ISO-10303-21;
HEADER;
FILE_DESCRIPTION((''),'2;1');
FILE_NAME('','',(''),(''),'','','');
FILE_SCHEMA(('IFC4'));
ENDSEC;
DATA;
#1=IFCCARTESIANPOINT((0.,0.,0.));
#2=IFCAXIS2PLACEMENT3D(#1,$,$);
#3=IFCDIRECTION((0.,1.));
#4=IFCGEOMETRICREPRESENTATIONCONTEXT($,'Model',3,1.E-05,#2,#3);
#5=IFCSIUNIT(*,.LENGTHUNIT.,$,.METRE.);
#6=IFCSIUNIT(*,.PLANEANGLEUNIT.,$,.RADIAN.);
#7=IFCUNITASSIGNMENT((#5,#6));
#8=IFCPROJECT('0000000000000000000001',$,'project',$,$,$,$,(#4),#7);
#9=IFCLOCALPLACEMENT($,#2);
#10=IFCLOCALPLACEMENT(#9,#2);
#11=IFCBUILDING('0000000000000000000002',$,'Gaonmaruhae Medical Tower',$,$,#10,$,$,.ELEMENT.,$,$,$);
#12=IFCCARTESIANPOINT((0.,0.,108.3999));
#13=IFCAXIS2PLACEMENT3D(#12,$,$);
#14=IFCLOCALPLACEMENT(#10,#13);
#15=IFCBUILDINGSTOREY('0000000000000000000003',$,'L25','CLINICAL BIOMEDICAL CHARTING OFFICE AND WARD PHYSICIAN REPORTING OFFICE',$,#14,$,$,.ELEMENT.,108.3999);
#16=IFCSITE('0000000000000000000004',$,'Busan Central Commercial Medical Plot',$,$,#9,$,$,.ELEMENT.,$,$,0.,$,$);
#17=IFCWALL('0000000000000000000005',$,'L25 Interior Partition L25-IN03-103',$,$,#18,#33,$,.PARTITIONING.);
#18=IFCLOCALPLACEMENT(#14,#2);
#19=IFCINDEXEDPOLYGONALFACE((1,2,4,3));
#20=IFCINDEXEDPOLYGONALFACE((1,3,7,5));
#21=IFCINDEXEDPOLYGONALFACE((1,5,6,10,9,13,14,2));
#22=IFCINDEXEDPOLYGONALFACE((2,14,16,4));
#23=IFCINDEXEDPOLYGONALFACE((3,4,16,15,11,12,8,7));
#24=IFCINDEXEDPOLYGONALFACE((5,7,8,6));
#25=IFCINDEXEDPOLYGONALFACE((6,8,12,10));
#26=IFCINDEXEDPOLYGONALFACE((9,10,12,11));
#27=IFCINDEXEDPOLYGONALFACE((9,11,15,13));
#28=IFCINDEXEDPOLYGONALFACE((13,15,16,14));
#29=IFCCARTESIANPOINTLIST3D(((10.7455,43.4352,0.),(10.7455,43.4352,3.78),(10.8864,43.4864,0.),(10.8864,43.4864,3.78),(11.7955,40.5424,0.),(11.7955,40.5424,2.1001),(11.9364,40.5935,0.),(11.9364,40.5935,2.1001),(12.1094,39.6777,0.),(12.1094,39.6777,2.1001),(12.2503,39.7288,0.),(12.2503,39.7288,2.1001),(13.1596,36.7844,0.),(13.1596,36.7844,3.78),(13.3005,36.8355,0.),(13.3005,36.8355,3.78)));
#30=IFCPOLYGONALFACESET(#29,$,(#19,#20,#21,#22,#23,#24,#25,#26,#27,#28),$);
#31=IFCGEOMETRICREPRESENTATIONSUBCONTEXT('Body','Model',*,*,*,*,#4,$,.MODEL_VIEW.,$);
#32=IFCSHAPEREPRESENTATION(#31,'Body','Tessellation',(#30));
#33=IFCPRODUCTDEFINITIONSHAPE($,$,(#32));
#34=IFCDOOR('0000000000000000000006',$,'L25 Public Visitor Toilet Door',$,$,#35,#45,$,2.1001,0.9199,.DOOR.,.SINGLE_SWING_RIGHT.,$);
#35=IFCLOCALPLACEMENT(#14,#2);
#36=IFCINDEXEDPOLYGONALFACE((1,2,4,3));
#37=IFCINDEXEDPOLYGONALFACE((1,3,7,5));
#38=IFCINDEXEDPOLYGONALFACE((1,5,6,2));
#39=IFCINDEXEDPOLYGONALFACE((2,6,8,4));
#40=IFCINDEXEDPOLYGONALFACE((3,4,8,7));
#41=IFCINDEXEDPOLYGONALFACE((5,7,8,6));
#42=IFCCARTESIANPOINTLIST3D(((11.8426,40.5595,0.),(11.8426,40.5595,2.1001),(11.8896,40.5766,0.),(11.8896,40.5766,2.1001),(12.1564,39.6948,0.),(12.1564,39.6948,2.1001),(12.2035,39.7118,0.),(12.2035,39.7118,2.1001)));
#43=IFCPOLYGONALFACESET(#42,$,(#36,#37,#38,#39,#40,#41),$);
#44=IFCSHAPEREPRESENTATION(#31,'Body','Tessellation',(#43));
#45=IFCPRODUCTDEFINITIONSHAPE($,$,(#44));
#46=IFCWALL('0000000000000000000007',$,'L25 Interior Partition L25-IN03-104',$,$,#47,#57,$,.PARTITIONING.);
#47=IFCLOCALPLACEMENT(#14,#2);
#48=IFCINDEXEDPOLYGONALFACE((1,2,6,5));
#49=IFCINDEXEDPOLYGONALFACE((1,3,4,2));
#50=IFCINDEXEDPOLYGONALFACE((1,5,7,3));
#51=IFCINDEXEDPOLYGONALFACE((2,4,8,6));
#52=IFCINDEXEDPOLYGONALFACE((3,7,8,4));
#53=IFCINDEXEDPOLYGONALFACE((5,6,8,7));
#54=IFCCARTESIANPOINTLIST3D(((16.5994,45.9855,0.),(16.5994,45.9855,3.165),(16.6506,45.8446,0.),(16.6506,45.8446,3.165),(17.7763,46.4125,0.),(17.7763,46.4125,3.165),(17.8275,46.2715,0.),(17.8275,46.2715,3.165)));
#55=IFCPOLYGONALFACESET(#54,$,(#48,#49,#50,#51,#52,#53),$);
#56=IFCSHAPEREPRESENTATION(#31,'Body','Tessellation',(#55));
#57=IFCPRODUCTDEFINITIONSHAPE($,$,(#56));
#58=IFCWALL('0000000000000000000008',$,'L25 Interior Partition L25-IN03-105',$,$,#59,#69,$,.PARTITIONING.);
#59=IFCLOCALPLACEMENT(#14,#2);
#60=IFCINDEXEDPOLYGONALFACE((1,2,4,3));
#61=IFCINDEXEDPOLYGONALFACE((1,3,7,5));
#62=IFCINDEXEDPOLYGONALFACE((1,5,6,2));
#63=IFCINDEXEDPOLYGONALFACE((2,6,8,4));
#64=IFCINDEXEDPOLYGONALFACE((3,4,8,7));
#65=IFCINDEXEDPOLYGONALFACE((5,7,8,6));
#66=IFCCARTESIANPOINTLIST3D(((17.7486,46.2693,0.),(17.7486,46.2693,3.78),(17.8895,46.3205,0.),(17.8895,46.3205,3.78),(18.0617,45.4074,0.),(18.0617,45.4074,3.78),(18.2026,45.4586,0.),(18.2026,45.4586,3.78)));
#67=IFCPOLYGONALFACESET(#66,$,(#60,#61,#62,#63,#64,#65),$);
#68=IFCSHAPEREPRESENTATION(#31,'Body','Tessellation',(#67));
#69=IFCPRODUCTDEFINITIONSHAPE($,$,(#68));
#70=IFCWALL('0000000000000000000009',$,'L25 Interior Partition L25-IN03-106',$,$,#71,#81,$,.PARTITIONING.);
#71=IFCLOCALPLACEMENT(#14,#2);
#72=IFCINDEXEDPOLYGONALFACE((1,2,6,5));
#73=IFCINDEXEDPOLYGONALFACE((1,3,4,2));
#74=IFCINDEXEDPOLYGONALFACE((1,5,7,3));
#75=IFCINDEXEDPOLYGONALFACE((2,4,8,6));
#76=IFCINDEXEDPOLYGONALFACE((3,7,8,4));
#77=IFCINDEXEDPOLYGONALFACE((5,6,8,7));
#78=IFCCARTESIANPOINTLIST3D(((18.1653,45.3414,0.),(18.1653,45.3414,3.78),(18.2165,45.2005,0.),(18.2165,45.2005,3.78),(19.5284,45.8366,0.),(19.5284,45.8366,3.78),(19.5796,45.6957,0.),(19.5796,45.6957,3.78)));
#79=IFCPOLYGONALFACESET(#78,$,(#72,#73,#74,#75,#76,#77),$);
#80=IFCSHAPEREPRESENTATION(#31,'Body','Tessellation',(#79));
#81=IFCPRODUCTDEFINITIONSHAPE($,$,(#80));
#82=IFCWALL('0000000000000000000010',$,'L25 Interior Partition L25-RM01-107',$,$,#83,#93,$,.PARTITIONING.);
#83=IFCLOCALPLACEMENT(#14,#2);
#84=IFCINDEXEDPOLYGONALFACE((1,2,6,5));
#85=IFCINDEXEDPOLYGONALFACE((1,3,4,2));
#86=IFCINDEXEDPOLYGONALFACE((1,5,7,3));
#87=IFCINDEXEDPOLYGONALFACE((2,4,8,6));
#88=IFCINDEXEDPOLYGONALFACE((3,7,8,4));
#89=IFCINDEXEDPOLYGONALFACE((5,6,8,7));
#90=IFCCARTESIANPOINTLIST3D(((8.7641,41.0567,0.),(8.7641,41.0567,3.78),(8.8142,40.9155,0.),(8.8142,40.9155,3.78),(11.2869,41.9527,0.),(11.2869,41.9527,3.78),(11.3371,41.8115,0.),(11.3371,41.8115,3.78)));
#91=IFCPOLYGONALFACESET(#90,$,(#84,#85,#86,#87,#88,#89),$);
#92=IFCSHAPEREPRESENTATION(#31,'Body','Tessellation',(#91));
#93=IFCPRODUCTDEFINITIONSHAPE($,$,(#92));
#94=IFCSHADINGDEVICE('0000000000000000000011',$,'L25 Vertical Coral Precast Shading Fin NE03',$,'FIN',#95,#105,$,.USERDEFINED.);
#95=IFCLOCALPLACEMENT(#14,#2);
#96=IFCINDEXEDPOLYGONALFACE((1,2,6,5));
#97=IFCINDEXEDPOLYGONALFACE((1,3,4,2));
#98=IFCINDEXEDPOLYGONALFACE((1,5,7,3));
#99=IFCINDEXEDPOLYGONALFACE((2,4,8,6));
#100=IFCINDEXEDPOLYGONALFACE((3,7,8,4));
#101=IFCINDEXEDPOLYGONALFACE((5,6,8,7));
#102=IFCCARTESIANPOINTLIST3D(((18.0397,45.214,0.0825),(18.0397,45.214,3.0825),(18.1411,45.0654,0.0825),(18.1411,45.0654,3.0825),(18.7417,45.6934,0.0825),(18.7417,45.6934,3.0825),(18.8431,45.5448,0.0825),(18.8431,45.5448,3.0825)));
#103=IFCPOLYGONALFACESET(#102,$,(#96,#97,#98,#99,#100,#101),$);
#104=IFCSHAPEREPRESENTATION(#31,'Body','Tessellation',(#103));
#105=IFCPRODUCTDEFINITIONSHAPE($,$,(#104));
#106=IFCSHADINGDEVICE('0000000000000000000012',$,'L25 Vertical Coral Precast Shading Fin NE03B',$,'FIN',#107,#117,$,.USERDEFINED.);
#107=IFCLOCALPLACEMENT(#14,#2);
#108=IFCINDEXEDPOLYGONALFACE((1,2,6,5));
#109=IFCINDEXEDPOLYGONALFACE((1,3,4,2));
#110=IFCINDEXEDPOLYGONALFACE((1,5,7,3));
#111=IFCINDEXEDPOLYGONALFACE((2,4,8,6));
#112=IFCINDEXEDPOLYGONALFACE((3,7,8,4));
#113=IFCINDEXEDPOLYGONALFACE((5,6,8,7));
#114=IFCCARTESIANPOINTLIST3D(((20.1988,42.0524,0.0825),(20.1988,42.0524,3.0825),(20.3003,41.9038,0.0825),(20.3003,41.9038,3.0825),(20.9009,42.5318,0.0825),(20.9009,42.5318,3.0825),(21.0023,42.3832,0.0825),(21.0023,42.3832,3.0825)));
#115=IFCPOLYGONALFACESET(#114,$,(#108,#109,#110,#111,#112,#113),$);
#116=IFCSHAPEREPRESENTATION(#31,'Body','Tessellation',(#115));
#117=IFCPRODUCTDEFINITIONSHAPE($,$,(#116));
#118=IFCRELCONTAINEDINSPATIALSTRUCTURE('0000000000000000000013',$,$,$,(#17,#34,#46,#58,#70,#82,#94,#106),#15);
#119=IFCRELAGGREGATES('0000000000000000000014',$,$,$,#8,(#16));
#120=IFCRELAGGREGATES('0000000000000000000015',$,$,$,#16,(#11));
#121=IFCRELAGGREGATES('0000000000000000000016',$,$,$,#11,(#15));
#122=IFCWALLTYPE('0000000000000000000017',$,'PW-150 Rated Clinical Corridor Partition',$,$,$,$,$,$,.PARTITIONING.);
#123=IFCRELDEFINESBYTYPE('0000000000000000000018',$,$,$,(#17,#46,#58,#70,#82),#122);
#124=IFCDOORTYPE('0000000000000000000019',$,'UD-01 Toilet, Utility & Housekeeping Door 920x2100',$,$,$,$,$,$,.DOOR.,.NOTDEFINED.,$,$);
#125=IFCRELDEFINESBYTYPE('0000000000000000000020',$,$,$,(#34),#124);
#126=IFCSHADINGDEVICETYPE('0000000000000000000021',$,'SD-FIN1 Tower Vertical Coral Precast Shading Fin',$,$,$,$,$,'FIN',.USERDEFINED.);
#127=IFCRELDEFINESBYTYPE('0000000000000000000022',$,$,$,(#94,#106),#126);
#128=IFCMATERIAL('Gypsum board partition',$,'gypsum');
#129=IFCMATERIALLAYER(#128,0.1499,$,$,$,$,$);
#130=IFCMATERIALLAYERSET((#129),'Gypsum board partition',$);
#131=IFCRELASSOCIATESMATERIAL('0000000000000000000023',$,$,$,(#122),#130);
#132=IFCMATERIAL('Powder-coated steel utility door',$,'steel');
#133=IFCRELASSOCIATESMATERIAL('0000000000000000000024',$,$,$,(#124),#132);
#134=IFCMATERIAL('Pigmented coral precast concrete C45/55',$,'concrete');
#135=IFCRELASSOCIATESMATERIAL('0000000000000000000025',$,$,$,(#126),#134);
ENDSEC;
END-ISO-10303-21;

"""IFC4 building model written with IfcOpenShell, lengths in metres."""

from ifc_helpers import new_model, si_unit, direction, frame, frame_2d, origin, origin_2d, place, context, subcontext, project, spatial, rectangle, extrude, material, layer, layer_set, type_object, element, fill, save


model = new_model("IFC4")

# Units and contexts
model_context = context("Model", 3, precision=1e-05, world=origin(), true_north=direction((0.0, 1.0)))
body_context = subcontext(model_context, "Body", "Model", "MODEL_VIEW")
ifc_project = project(units=[si_unit("LENGTHUNIT", "METRE"), si_unit("PLANEANGLEUNIT", "RADIAN")], contexts=[model_context])

# Site, building, storey
site_placement = place(None, origin())
site = spatial("IfcSite", under=ifc_project, at=site_placement, Name="Busan Central Commercial Medical Plot", CompositionType="ELEMENT", RefElevation=0.0)
building_placement = place(site_placement, origin())
building = spatial("IfcBuilding", under=site, at=building_placement, Name="Gaonmaruhae Medical Tower", CompositionType="ELEMENT")
storey_placement = place(building_placement, frame((0.0, 0.0, 108.3999)))
storey = spatial("IfcBuildingStorey", under=building, at=storey_placement, Name="L25", Description="CLINICAL BIOMEDICAL CHARTING OFFICE AND WARD PHYSICIAN REPORTING OFFICE", CompositionType="ELEMENT", Elevation=108.3999)

# Shared definitions
ifc_material_1 = material(Name="Gypsum board partition", Category="gypsum")
ifc_layer_1 = layer(ifc_material_1, 0.1499)
ifc_layer_set_1 = layer_set([ifc_layer_1], Name="Gypsum board partition")
wall_type_1 = type_object("IfcWallType", Name="PW-150 Rated Clinical Corridor Partition", PredefinedType="PARTITIONING", material=ifc_layer_set_1)

# Wall, opening, door
wall_1_placement = place(storey_placement, frame((13.23, 36.8101, 0.0), z_axis=(0.0, 0.0, 1.0), x_axis=(-0.341189, 0.939995, 0.0)))
wall_1 = element("IfcWall", 1, at=wall_1_placement, inside=storey, type_object=wall_type_1, Name="L25 Interior Partition L25-IN03-103", PredefinedType="PARTITIONING", context=body_context, shape_type="SweptSolid", body=[
    extrude(rectangle(XDim=7.0754, YDim=0.1499, at=frame_2d((3.5376, 0.0))), origin(), (0.0, 0.0, 1.0), 3.78),
])
opening_1_placement = place(wall_1_placement, frame((3.0779, 0.0, 0.0)))
opening_1 = element("IfcOpeningElement", 2, at=opening_1_placement, cuts=wall_1, PredefinedType="OPENING", context=body_context, shape_type="SweptSolid", body=[
    extrude(rectangle(XDim=0.9199, YDim=2.1001, at=frame_2d((0.46, 1.05))), frame((0.0, 0.085, 0.0), z_axis=(0.0, -1.0, 0.0), x_axis=(1.0, 0.0, 0.0)), (0.0, 0.0, 1.0), 0.1699),
])
ifc_material_2 = material(Name="Powder-coated steel utility door", Category="steel")
door_type_1 = type_object("IfcDoorType", Name="UD-01 Toilet, Utility & Housekeeping Door 920x2100", OperationType="NOTDEFINED", PredefinedType="DOOR", material=ifc_material_2)
door_1_placement = place(opening_1_placement, origin())
door_1 = element("IfcDoor", 3, at=door_1_placement, inside=storey, type_object=door_type_1, Name="L25 Public Visitor Toilet Door", OperationType="SINGLE_SWING_RIGHT", OverallHeight=2.1001, OverallWidth=0.9199, PredefinedType="DOOR", context=body_context, shape_type="SweptSolid", body=[
    extrude(rectangle(XDim=0.9199, YDim=2.1001, at=frame_2d((0.46, 1.05))), frame((0.0, 0.0249, 0.0), z_axis=(0.0, -1.0, 0.0), x_axis=(1.0, 0.0, 0.0)), (0.0, 0.0, 1.0), 0.05),
])
fill(opening_1, door_1)

# Walls
wall_2_placement = place(storey_placement, frame((16.625, 45.915, 0.0), z_axis=(0.0, 0.0, 1.0), x_axis=(0.940049, 0.341038, 0.0)))
element("IfcWall", 4, at=wall_2_placement, inside=storey, type_object=wall_type_1, Name="L25 Interior Partition L25-IN03-104", PredefinedType="PARTITIONING", context=body_context, shape_type="SweptSolid", body=[
    extrude(rectangle(XDim=1.252, YDim=0.1499, at=frame_2d((0.626, 0.0))), origin(), (0.0, 0.0, 1.0), 3.165),
])
wall_3_placement = place(storey_placement, frame((17.8191, 46.2949, 0.0), z_axis=(0.0, 0.0, 1.0), x_axis=(0.341358, -0.939933, 0.0)))
element("IfcWall", 5, at=wall_3_placement, inside=storey, type_object=wall_type_1, Name="L25 Interior Partition L25-IN03-105", PredefinedType="PARTITIONING", context=body_context, shape_type="SweptSolid", body=[
    extrude(rectangle(XDim=0.917, YDim=0.1499, at=frame_2d((0.4585, 0.0))), origin(), (0.0, 0.0, 1.0), 3.78),
])
wall_4_placement = place(storey_placement, frame((18.1909, 45.271, 0.0), z_axis=(0.0, 0.0, 1.0), x_axis=(0.939911, 0.341419, 0.0)))
element("IfcWall", 6, at=wall_4_placement, inside=storey, type_object=wall_type_1, Name="L25 Interior Partition L25-IN03-106", PredefinedType="PARTITIONING", context=body_context, shape_type="SweptSolid", body=[
    extrude(rectangle(XDim=1.4502, YDim=0.1499, at=frame_2d((0.7251, 0.0))), origin(), (0.0, 0.0, 1.0), 3.78),
])
wall_5_placement = place(storey_placement, frame((11.312, 41.8821, 0.0), z_axis=(0.0, 0.0, 1.0), x_axis=(-0.942339, -0.334661, 0.0)))
element("IfcWall", 7, at=wall_5_placement, inside=storey, type_object=wall_type_1, Name="L25 Interior Partition L25-RM01-107", PredefinedType="PARTITIONING", context=body_context, shape_type="SweptSolid", body=[
    extrude(rectangle(XDim=2.6772, YDim=0.1499, at=frame_2d((1.3386, 0.0))), origin(), (0.0, 0.0, 1.0), 3.78),
])

# Shading devices
ifc_material_3 = material(Name="Pigmented coral precast concrete C45/55", Category="concrete")
shading_device_type = type_object("IfcShadingDeviceType", Name="SD-FIN1 Tower Vertical Coral Precast Shading Fin", ElementType="FIN", PredefinedType="USERDEFINED", material=ifc_material_3)
for number, where, z_axis, x_axis, name in (
    (8, (18.4414, 45.3794, 0.0825), (0.0, 0.0, 1.0), (0.563973, -0.825793, 0.0), "L25 Vertical Coral Precast Shading Fin NE03"),
    (9, (20.6006, 42.2178, 0.0825), (0.0, 0.0, 1.0), (0.563973, -0.825793, 0.0), "L25 Vertical Coral Precast Shading Fin NE03B"),
):
    element("IfcShadingDevice", number, at=place(storey_placement, frame(where, z_axis=z_axis, x_axis=x_axis)), inside=storey, type_object=shading_device_type, Name=name, ObjectType="FIN", PredefinedType="USERDEFINED", context=body_context, shape_type="SweptSolid", body=[
        extrude(rectangle(XDim=0.1799, YDim=0.8501, at=origin_2d()), origin(), (0.0, 0.0, 1.0), 3.0),
    ])

save(model, "model.ifc")
